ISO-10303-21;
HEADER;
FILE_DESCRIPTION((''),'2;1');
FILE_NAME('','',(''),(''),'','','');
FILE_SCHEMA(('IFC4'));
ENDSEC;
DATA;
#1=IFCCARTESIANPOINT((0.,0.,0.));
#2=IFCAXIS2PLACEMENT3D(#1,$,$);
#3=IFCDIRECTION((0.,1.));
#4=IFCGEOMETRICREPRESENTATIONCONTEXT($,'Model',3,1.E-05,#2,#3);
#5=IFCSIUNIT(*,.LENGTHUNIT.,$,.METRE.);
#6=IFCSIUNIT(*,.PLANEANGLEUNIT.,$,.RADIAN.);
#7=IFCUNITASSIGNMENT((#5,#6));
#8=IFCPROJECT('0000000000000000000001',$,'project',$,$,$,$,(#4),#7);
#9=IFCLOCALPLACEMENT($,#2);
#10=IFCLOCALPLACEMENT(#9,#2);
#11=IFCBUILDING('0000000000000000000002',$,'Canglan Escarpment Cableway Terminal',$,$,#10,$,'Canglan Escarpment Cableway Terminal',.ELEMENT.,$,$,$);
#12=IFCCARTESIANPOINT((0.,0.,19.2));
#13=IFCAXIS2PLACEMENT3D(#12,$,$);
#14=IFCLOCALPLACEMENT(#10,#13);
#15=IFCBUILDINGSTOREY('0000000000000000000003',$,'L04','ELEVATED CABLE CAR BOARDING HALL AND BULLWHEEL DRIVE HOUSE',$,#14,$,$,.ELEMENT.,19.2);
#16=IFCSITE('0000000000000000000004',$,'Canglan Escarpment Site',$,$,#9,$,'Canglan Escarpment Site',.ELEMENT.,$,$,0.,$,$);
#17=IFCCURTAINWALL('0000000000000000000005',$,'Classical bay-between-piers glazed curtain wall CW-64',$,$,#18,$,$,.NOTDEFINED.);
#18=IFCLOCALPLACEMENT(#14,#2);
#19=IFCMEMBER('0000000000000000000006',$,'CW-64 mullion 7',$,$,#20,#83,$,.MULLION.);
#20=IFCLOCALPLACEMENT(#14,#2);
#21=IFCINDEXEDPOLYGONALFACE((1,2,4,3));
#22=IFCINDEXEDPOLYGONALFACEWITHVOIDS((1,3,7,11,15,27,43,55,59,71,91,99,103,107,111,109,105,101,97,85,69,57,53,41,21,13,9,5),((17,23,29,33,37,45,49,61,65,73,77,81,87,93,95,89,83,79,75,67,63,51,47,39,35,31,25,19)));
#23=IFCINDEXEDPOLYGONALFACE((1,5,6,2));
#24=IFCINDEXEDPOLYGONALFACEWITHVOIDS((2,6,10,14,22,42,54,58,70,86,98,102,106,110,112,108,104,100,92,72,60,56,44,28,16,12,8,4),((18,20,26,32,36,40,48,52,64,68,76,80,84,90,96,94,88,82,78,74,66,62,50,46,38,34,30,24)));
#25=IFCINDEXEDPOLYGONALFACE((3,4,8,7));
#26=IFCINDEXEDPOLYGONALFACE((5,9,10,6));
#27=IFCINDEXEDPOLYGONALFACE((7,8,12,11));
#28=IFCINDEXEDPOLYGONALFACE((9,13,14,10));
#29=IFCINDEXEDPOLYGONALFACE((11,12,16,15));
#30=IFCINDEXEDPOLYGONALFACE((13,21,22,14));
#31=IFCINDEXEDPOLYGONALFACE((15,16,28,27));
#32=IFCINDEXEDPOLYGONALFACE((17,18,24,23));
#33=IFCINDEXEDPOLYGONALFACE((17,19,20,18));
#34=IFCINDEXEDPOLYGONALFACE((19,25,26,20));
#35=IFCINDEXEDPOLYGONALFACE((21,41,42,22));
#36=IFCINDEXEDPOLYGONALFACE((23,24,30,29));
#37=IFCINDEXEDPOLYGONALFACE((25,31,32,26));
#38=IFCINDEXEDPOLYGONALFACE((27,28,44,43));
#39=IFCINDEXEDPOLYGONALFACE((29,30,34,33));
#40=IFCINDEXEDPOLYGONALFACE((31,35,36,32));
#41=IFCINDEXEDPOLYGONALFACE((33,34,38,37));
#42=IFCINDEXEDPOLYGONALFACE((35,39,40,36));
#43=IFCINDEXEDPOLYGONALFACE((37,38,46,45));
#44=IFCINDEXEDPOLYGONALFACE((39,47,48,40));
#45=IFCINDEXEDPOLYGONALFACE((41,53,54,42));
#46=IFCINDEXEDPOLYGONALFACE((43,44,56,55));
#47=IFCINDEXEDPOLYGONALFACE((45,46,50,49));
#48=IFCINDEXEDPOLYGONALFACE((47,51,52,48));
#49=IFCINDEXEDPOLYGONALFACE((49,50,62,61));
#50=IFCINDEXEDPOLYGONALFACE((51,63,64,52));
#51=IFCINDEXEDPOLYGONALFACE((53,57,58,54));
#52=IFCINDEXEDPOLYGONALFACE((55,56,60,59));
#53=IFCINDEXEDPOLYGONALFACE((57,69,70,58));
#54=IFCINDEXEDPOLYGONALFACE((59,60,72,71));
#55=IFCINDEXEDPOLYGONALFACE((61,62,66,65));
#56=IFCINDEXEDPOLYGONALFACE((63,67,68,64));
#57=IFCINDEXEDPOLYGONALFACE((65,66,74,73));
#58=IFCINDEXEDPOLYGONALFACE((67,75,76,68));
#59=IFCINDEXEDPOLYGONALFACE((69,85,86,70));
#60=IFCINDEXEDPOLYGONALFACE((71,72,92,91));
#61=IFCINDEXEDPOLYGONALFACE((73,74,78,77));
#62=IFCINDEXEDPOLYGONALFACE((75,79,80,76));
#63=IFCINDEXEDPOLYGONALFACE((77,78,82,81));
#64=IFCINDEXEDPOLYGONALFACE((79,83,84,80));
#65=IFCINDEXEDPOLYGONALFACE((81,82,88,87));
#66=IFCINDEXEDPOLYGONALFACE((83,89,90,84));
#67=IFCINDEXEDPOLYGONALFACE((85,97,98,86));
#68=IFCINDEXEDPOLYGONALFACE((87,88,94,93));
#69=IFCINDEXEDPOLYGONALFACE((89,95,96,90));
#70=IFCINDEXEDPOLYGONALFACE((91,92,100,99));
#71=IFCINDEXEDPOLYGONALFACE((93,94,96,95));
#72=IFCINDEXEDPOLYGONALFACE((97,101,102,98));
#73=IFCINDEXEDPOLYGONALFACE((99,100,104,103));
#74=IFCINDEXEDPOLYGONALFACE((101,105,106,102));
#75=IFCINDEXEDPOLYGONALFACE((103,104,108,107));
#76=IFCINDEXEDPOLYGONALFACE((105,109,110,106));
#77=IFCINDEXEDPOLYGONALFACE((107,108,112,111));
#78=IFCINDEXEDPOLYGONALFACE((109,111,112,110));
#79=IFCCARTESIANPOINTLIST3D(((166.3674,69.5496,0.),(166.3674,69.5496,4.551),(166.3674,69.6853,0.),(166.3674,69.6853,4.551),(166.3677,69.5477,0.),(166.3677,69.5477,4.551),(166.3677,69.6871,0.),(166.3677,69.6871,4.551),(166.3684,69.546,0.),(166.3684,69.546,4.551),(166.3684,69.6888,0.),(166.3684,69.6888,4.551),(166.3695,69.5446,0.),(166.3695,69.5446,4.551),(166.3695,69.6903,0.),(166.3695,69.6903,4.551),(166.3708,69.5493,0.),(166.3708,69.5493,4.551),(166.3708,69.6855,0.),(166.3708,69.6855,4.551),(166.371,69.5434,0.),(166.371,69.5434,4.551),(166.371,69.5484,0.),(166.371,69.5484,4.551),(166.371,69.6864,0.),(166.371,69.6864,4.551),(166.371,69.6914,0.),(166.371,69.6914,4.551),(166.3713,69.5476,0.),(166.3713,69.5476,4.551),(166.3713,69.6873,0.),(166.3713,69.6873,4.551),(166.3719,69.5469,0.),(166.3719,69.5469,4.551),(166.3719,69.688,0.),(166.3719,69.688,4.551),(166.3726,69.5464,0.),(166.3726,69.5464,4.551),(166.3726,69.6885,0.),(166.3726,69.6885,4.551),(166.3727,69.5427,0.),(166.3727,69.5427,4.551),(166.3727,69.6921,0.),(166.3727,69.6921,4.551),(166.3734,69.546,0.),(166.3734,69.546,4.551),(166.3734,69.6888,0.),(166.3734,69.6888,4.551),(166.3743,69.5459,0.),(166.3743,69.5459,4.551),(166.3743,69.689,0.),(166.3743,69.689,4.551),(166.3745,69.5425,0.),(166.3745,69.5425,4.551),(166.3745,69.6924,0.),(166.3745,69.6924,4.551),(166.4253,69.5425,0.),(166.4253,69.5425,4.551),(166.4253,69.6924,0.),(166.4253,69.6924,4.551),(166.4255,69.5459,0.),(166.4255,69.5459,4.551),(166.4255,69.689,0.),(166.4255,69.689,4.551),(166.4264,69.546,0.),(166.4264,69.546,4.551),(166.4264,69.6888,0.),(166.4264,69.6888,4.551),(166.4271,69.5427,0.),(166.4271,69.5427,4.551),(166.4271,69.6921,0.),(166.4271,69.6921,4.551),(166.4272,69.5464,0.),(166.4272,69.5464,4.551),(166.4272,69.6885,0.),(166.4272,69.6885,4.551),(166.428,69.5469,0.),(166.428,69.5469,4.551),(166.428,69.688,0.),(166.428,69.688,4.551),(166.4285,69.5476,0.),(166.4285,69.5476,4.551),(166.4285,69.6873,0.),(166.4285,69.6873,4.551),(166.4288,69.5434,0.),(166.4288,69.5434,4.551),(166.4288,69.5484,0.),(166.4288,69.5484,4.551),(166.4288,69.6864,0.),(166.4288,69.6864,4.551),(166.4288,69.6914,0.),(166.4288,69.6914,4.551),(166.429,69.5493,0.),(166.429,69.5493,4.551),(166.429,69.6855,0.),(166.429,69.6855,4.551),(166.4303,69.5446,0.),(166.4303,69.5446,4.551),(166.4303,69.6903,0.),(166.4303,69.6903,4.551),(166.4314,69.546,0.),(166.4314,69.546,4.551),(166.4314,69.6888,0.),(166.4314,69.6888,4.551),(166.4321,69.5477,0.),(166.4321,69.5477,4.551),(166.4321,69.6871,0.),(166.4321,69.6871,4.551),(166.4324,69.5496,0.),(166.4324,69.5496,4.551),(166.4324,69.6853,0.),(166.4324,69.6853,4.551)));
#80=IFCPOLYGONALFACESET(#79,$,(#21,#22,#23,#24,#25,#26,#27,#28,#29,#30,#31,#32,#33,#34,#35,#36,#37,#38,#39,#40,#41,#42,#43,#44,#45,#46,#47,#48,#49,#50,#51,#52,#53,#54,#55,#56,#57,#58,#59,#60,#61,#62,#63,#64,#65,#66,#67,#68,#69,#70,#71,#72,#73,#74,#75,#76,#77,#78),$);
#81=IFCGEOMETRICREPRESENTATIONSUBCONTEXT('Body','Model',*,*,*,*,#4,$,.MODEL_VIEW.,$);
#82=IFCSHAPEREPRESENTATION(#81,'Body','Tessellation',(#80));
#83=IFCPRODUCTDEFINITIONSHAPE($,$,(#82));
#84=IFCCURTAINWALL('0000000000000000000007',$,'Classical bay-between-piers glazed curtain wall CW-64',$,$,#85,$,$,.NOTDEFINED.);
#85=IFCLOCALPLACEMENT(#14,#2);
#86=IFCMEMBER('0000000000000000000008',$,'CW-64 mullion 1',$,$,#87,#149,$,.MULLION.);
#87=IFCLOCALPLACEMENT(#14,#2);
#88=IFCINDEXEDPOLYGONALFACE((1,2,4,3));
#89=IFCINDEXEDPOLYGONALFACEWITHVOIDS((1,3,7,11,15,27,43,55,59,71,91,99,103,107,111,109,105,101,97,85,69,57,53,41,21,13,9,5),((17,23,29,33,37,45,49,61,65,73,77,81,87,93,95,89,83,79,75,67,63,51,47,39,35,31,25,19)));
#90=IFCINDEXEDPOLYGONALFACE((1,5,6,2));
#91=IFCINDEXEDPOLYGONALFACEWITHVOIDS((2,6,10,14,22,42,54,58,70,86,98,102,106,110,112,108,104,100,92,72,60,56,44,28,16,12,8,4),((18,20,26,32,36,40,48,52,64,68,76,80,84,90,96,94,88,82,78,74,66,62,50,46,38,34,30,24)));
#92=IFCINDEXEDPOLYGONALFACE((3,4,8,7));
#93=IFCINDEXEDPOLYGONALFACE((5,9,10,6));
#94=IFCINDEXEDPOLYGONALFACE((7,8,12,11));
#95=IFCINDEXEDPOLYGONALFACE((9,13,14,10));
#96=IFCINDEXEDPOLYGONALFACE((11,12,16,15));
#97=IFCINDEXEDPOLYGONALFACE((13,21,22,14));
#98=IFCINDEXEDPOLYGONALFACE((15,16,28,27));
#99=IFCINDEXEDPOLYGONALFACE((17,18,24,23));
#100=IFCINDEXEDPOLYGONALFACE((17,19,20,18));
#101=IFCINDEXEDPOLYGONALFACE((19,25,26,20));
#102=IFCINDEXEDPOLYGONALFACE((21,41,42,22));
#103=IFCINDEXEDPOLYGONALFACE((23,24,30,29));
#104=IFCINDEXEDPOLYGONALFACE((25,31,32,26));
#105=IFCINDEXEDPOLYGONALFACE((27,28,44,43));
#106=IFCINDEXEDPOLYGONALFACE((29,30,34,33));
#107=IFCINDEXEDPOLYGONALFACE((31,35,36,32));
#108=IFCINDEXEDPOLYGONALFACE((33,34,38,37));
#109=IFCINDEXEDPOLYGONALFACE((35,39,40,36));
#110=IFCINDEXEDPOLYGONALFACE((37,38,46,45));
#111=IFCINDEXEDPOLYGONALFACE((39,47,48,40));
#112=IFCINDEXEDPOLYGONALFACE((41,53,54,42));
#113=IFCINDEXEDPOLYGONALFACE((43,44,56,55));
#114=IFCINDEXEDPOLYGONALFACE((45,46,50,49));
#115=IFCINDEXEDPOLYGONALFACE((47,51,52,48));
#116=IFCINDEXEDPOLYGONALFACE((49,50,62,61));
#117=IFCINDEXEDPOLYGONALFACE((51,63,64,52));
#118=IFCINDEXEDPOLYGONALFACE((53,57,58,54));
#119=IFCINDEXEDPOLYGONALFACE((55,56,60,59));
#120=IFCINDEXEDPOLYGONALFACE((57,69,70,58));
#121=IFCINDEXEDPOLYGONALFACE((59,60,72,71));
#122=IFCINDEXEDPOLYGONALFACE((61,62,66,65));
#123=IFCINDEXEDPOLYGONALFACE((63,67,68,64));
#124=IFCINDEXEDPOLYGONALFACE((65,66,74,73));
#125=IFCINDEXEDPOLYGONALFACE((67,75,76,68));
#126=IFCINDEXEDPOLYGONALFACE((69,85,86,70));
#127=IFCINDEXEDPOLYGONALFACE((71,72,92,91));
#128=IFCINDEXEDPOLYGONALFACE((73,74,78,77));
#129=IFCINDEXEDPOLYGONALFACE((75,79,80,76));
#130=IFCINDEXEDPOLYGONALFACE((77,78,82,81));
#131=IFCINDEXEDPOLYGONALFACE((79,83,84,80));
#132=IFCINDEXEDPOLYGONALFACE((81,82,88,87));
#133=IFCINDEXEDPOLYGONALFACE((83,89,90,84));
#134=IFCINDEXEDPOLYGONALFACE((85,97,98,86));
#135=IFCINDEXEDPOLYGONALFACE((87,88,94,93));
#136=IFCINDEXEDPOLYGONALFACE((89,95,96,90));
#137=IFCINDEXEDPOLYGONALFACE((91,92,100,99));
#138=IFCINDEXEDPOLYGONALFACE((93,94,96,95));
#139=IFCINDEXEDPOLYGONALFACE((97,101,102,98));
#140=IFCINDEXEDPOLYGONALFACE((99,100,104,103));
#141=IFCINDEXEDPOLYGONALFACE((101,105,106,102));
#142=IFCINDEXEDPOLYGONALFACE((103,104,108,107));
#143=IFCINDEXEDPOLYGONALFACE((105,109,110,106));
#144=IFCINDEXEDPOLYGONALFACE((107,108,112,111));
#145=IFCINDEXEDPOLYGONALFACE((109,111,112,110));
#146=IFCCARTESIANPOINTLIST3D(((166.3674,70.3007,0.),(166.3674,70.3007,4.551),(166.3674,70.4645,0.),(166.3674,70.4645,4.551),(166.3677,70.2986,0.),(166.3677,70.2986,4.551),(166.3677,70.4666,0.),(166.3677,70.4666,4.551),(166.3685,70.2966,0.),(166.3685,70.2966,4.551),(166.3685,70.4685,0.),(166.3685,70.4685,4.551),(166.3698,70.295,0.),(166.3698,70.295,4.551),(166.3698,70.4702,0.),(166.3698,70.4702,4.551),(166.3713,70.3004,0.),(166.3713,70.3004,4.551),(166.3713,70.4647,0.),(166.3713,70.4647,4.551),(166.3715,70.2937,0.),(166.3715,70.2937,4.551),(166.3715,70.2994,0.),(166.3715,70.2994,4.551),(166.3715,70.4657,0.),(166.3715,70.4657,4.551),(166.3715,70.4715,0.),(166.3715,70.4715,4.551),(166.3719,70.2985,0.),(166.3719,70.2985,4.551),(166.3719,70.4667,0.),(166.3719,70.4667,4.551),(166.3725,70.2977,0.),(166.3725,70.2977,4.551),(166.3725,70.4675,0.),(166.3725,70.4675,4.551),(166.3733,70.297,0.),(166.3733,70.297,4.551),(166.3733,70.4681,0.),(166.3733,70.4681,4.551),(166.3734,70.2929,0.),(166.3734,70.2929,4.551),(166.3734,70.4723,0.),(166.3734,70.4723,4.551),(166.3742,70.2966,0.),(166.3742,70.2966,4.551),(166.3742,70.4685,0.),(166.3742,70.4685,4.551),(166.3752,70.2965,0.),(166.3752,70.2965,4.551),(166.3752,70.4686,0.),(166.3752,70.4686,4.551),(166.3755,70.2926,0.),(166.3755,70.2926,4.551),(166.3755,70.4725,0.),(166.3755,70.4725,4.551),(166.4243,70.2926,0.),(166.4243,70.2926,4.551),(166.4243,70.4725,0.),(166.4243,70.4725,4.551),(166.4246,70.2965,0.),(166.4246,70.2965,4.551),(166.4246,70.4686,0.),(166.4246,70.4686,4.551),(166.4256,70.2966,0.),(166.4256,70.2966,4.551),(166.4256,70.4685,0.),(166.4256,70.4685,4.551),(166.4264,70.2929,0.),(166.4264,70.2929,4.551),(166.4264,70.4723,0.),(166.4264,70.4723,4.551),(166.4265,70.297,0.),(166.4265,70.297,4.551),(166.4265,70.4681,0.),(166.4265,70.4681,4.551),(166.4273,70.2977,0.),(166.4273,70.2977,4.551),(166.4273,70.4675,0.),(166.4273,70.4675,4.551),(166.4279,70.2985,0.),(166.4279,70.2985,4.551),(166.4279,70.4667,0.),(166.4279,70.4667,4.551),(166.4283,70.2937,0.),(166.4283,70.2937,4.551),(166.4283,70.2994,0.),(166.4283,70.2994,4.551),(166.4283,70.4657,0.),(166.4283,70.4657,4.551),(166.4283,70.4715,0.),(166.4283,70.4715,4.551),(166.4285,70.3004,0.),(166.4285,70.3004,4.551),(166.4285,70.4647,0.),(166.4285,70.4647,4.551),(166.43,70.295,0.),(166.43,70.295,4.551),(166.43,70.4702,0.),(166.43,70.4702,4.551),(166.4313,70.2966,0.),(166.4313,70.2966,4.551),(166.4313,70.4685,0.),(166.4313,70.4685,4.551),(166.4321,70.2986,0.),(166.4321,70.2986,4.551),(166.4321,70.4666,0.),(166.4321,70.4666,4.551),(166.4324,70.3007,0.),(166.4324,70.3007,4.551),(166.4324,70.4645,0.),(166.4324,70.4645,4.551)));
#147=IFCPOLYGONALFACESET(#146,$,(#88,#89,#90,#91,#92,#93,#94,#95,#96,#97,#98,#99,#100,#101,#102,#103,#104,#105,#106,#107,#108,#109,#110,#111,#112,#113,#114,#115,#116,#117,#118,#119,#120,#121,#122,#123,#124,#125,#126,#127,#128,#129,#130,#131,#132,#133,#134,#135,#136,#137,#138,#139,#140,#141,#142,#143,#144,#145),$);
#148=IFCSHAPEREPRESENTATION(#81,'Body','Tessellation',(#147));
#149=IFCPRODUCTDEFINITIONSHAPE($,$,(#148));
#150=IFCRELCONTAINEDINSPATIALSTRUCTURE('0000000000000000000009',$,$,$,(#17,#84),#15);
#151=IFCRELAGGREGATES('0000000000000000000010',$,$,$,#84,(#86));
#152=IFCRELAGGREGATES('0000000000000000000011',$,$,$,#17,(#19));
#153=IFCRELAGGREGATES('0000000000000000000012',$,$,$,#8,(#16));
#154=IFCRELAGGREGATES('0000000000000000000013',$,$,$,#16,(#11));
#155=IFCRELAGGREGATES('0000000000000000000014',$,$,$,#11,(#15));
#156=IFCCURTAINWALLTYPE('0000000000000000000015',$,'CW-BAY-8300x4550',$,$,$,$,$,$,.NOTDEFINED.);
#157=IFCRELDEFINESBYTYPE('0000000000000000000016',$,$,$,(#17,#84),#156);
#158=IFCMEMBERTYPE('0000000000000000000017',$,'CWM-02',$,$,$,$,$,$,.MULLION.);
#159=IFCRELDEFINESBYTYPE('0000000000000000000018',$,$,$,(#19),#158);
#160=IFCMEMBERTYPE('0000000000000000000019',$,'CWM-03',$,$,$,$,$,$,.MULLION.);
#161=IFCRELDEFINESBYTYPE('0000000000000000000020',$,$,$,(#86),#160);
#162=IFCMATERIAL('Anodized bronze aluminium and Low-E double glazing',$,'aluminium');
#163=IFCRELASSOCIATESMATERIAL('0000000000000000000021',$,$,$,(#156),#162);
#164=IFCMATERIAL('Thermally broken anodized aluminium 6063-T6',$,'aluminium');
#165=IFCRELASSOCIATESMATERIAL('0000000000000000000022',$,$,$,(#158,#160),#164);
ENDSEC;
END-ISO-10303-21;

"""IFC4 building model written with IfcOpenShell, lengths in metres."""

from ifc_helpers import new_model, si_unit, direction, frame, origin, origin_2d, place, context, subcontext, project, spatial, hollow_rectangle, extrude, material, material_profile, profile_set, type_object, element, aggregate, save


model = new_model("IFC4")

# Units and contexts
model_context = context("Model", 3, precision=1e-05, world=origin(), true_north=direction((0.0, 1.0)))
body_context = subcontext(model_context, "Body", "Model", "MODEL_VIEW")
ifc_project = project(units=[si_unit("LENGTHUNIT", "METRE"), si_unit("PLANEANGLEUNIT", "RADIAN")], contexts=[model_context])

# Site, building, storey
site_placement = place(None, origin())
site = spatial("IfcSite", under=ifc_project, at=site_placement, Name="Canglan Escarpment Site", LongName="Canglan Escarpment Site", CompositionType="ELEMENT", RefElevation=0.0)
building_placement = place(site_placement, origin())
building = spatial("IfcBuilding", under=site, at=building_placement, Name="Canglan Escarpment Cableway Terminal", LongName="Canglan Escarpment Cableway Terminal", CompositionType="ELEMENT")
storey_placement = place(building_placement, frame((0.0, 0.0, 19.2)))
storey = spatial("IfcBuildingStorey", under=building, at=storey_placement, Name="L04", Description="ELEVATED CABLE CAR BOARDING HALL AND BULLWHEEL DRIVE HOUSE", CompositionType="ELEMENT", Elevation=19.2)

# Curtain wall, member
ifc_material_1 = material(Name="Anodized bronze aluminium and Low-E double glazing", Category="aluminium")
curtain_wall_type = type_object("IfcCurtainWallType", Name="CW-BAY-8300x4550", PredefinedType="NOTDEFINED", material=ifc_material_1)
curtain_wall_1_placement = place(storey_placement, origin())
curtain_wall_1 = element("IfcCurtainWall", 1, at=curtain_wall_1_placement, inside=storey, type_object=curtain_wall_type, Name="Classical bay-between-piers glazed curtain wall CW-64", PredefinedType="NOTDEFINED")
ifc_material_2 = material(Name="Thermally broken anodized aluminium 6063-T6", Category="aluminium")
ifc_material_profile_1 = material_profile(ifc_material_2, hollow_rectangle(XDim=0.0649, YDim=0.1499, WallThickness=0.0034, InnerFilletRadius=0.0034, OuterFilletRadius=0.0071, at=origin_2d()), Name="ALU-MULL 65x150x3.5")
ifc_profile_set_1 = profile_set([ifc_material_profile_1], Name="Thermally broken anodized aluminium 6063-T6")
member_type_1 = type_object("IfcMemberType", Name="CWM-02", PredefinedType="MULLION", material=ifc_profile_set_1)
member_1_placement = place(storey_placement, frame((166.3999, 69.6174, 0.0), z_axis=(0.0, 0.0, 1.0), x_axis=(-1.0, 0.0, 0.0)))
member_1 = element("IfcMember", 2, at=member_1_placement, type_object=member_type_1, Name="CW-64 mullion 7", PredefinedType="MULLION", context=body_context, shape_type="SweptSolid", body=[
    extrude(hollow_rectangle(XDim=0.0649, YDim=0.1499, WallThickness=0.0034, InnerFilletRadius=0.0034, OuterFilletRadius=0.0071, at=origin_2d()), origin(), (0.0, 0.0, 1.0), 4.551),
])

# Curtain wall, member
curtain_wall_2_placement = place(storey_placement, origin())
curtain_wall_2 = element("IfcCurtainWall", 3, at=curtain_wall_2_placement, inside=storey, type_object=curtain_wall_type, Name="Classical bay-between-piers glazed curtain wall CW-64", PredefinedType="NOTDEFINED")
ifc_material_profile_2 = material_profile(ifc_material_2, hollow_rectangle(XDim=0.0649, YDim=0.1799, WallThickness=0.0039, InnerFilletRadius=0.0039, OuterFilletRadius=0.0081, at=origin_2d()), Name="ALU-MULL 65x180x4")
ifc_profile_set_2 = profile_set([ifc_material_profile_2], Name="Thermally broken anodized aluminium 6063-T6")
member_type_2 = type_object("IfcMemberType", Name="CWM-03", PredefinedType="MULLION", material=ifc_profile_set_2)
member_2_placement = place(storey_placement, frame((166.3999, 70.3826, 0.0), z_axis=(0.0, 0.0, 1.0), x_axis=(-1.0, 0.0, 0.0)))
member_2 = element("IfcMember", 4, at=member_2_placement, type_object=member_type_2, Name="CW-64 mullion 1", PredefinedType="MULLION", context=body_context, shape_type="SweptSolid", body=[
    extrude(hollow_rectangle(XDim=0.0649, YDim=0.1799, WallThickness=0.0039, InnerFilletRadius=0.0039, OuterFilletRadius=0.0081, at=origin_2d()), origin(), (0.0, 0.0, 1.0), 4.551),
])

aggregate(curtain_wall_2, [member_2])

aggregate(curtain_wall_1, [member_1])

save(model, "model.ifc")
